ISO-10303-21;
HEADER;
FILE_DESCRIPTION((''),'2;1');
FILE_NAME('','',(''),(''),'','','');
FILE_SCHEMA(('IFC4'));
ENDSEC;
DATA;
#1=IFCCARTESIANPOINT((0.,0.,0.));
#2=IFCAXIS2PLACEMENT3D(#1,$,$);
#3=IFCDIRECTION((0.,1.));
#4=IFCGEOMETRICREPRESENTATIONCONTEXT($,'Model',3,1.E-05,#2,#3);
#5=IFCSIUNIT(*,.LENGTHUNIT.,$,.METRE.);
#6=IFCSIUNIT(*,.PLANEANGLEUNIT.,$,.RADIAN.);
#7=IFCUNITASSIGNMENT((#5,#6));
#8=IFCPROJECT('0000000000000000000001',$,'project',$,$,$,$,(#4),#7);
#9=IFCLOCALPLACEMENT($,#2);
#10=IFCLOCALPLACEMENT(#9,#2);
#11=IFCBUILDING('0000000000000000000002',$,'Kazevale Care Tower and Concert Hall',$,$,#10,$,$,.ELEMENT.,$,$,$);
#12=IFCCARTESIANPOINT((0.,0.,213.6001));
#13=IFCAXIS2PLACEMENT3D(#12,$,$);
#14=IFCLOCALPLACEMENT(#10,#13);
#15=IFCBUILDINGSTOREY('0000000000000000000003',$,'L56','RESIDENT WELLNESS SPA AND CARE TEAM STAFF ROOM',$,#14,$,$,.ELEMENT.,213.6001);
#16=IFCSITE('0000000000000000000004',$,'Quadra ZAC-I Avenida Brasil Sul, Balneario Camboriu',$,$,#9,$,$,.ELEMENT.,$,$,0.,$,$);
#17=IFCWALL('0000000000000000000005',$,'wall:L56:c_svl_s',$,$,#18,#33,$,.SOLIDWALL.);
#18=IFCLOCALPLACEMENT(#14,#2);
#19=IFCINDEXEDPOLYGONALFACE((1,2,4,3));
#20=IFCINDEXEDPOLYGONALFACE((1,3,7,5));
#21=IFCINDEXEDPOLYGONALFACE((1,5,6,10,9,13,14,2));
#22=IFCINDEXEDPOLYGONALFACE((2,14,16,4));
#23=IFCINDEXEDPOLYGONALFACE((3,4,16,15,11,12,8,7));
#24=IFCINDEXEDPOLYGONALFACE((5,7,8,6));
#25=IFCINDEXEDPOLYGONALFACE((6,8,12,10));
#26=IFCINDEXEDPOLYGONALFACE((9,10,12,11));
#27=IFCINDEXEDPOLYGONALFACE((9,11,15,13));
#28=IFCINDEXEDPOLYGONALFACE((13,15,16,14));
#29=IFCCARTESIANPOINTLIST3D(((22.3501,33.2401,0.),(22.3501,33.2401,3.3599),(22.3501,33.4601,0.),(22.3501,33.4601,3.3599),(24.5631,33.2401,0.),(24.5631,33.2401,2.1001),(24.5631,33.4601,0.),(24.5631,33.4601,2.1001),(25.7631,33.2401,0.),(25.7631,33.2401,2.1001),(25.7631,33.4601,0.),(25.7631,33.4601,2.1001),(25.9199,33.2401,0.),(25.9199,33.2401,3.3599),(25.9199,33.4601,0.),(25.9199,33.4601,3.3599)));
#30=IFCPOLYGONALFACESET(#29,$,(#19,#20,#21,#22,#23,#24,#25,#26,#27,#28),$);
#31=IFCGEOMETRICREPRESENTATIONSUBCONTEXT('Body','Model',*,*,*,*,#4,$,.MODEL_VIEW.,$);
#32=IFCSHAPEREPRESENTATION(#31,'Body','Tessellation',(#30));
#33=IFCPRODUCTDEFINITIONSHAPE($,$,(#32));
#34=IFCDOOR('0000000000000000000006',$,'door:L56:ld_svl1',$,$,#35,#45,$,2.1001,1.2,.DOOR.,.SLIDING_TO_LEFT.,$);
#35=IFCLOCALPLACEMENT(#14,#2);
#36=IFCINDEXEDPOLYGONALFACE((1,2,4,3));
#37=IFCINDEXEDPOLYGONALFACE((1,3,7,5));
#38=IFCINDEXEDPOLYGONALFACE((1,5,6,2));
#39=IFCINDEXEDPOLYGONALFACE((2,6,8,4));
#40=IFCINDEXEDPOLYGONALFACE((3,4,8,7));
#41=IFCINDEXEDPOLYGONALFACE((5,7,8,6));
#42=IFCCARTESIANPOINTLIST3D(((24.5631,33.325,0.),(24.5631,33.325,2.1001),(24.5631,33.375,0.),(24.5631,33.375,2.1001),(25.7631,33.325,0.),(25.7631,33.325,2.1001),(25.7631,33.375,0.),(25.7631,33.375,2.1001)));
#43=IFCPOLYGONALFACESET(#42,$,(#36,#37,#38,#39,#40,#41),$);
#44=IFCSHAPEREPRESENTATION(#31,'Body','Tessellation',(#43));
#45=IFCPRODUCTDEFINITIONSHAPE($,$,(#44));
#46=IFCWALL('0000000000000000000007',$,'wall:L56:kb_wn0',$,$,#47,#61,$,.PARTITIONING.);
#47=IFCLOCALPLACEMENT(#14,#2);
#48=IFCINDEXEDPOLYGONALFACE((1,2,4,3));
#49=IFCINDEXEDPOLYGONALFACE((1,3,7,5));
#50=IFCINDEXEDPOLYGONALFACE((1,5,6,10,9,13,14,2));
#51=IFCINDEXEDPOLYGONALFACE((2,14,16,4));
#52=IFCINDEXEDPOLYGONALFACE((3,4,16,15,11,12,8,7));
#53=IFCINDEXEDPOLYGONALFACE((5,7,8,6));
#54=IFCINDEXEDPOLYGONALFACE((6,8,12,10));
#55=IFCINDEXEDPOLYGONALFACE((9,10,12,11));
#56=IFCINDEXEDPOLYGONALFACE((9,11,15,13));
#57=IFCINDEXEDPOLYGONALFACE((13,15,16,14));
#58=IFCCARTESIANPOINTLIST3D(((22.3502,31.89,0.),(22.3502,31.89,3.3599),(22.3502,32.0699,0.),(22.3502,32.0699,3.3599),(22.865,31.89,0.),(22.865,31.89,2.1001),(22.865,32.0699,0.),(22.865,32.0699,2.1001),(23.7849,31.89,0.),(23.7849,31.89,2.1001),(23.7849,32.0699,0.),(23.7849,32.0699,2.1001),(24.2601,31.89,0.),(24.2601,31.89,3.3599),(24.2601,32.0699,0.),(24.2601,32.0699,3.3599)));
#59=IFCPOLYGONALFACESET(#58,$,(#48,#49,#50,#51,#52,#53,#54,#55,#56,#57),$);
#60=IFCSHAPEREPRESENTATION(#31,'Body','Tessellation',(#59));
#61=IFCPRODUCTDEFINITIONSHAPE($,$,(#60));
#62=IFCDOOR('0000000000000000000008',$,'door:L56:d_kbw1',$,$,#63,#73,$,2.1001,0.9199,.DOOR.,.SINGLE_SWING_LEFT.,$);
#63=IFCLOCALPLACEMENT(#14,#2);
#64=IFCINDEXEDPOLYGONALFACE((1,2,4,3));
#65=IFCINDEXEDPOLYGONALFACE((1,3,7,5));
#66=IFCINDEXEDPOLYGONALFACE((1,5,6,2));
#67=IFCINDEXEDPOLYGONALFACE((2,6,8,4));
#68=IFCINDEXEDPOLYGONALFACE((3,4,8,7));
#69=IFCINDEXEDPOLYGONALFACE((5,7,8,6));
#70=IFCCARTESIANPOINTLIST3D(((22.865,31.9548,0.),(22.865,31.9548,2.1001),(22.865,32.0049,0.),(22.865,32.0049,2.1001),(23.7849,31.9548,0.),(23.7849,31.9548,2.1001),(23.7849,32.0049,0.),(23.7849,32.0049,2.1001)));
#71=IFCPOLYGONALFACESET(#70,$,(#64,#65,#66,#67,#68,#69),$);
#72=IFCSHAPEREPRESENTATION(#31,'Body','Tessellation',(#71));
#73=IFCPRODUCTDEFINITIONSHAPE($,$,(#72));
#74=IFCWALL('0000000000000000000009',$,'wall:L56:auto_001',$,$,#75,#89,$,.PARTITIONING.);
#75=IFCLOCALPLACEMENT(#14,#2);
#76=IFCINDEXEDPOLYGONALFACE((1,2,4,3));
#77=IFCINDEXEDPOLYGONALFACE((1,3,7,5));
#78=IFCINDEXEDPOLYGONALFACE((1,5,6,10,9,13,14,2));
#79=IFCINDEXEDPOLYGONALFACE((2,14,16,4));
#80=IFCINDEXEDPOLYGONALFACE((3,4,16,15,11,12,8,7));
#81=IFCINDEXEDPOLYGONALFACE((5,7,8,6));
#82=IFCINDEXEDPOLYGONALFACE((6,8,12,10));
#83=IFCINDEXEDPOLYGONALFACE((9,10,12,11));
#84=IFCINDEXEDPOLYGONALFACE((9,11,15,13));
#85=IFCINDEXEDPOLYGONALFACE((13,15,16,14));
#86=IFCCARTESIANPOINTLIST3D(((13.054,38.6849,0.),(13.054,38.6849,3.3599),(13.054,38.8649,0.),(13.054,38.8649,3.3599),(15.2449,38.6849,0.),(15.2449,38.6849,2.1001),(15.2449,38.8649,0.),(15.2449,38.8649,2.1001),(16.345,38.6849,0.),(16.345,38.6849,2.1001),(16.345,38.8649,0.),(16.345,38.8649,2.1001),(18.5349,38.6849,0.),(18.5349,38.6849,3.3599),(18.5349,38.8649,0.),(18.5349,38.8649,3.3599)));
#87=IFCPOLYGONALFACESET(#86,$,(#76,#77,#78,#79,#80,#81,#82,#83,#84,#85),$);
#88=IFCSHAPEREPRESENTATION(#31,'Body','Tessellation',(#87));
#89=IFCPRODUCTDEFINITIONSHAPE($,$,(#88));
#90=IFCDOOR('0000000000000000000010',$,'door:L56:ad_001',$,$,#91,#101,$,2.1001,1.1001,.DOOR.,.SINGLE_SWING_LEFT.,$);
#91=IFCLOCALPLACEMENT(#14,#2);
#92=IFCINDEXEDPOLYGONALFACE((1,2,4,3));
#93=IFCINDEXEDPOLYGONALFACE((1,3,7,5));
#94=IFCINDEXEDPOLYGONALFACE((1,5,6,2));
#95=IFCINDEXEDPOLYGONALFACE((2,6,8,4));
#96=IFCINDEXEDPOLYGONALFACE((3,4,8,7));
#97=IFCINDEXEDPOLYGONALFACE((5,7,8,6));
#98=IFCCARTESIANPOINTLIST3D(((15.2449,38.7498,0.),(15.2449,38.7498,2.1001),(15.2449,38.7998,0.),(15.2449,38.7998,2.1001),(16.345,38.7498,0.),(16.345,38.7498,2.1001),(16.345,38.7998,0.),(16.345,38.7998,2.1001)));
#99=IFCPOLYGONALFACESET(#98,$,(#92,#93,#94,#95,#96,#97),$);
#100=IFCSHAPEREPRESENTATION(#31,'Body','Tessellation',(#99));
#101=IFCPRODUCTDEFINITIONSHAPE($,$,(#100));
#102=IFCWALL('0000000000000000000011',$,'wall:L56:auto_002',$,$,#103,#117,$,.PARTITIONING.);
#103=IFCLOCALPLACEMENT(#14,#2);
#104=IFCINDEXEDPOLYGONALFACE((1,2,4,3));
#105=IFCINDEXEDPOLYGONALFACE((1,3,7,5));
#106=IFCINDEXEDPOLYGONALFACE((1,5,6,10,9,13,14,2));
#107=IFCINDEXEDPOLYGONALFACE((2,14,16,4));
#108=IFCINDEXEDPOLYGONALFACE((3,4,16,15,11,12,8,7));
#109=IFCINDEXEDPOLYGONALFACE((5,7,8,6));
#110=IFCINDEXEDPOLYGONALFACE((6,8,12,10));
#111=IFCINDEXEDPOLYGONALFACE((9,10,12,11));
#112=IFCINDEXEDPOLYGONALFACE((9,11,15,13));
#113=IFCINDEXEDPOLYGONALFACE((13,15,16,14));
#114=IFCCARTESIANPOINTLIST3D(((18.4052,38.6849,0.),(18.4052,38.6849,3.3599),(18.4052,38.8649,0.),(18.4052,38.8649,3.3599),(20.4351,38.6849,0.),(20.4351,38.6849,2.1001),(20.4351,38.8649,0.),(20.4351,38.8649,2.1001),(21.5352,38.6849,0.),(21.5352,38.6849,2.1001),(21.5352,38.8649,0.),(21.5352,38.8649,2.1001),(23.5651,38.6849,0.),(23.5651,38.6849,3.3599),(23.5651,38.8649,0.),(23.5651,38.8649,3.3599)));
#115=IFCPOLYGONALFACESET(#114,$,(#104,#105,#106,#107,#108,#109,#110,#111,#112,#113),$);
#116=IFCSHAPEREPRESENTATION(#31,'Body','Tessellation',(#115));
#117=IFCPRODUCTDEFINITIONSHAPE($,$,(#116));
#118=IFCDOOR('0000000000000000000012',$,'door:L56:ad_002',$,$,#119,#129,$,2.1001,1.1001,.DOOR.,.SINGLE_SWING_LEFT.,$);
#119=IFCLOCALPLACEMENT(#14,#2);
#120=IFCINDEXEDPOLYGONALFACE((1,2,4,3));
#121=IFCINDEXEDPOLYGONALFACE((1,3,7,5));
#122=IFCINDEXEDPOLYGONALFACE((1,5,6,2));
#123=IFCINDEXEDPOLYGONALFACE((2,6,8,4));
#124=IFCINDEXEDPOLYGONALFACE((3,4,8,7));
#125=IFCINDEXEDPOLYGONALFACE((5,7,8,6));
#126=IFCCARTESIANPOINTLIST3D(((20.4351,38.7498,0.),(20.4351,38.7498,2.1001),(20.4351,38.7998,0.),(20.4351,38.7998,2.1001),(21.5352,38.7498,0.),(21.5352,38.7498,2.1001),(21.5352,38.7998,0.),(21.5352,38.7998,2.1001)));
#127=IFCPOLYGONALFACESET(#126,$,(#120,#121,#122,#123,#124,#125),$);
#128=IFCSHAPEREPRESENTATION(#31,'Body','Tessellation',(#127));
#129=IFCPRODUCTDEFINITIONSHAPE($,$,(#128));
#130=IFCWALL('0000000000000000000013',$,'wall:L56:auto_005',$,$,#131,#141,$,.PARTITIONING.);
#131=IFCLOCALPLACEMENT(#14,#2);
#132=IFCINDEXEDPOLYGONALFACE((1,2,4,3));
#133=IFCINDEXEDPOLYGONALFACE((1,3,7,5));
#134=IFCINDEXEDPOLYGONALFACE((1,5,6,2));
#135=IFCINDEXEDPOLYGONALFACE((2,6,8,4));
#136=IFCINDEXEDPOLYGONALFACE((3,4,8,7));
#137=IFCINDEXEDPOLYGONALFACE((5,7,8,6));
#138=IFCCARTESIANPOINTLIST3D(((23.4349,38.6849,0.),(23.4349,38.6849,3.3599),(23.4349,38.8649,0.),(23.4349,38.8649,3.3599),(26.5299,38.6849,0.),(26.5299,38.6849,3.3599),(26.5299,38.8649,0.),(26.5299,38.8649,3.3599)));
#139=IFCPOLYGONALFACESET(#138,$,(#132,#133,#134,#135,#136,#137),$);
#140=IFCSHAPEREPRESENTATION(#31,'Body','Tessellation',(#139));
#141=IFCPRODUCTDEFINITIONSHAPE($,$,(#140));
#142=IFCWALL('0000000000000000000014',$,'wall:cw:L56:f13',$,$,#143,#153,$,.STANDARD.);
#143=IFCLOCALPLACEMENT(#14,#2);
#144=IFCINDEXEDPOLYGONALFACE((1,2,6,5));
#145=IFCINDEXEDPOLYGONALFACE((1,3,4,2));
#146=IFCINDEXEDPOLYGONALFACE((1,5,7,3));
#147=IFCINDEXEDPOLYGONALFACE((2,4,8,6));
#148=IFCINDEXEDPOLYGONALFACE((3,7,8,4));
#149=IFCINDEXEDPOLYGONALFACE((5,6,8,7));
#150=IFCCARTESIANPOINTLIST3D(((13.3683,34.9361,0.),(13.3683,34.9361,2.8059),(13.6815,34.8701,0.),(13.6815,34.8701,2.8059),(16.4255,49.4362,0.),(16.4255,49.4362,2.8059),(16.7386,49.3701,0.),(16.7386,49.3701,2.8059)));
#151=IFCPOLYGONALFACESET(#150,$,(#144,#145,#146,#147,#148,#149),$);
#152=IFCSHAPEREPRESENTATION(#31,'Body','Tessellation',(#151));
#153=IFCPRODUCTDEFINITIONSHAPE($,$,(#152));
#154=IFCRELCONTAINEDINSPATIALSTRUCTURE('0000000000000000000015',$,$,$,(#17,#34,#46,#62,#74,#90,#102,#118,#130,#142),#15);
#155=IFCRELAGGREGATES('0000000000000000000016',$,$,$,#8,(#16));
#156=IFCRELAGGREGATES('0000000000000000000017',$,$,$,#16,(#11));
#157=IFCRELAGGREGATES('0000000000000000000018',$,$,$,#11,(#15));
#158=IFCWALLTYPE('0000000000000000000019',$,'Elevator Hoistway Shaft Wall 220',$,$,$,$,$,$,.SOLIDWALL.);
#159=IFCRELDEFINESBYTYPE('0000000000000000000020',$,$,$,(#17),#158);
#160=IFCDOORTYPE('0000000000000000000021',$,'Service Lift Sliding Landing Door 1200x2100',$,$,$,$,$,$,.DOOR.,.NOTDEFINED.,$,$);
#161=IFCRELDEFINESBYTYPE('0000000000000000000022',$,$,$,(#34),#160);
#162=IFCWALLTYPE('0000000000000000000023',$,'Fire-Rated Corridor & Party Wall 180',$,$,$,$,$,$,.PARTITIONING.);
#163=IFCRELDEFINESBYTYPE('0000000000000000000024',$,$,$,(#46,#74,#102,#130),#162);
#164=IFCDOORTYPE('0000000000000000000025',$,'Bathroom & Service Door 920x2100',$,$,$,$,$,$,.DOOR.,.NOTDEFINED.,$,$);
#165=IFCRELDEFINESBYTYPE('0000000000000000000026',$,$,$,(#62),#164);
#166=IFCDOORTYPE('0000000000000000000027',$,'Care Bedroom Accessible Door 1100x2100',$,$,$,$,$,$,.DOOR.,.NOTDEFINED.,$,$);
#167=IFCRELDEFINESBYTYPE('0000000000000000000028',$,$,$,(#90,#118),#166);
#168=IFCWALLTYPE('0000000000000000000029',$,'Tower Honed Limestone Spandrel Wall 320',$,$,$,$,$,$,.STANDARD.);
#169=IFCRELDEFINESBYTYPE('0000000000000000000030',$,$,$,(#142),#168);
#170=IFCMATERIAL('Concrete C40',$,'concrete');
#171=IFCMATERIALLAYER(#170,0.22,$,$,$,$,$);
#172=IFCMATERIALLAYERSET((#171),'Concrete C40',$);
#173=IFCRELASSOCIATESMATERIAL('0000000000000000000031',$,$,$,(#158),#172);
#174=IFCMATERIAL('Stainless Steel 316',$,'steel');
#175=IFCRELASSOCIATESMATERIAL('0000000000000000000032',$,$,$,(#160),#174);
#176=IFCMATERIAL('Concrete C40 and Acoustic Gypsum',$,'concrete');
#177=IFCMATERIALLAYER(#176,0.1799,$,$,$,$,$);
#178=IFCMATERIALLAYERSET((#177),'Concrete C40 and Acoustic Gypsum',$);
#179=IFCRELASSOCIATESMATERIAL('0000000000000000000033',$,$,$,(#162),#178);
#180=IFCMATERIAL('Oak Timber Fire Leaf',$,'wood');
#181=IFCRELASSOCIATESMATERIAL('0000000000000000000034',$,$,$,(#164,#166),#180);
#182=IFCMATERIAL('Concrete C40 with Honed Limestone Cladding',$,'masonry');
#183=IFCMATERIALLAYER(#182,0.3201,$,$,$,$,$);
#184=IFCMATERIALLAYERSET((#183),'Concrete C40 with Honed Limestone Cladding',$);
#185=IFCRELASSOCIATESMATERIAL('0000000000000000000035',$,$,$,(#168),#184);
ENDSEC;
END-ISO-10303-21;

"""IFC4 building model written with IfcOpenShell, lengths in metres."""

from ifc_helpers import new_model, si_unit, direction, frame, frame_2d, origin, place, context, subcontext, project, spatial, rectangle, extrude, material, layer, layer_set, type_object, element, fill, save


model = new_model("IFC4")

# Units and contexts
model_context = context("Model", 3, precision=1e-05, world=origin(), true_north=direction((0.0, 1.0)))
body_context = subcontext(model_context, "Body", "Model", "MODEL_VIEW")
ifc_project = project(units=[si_unit("LENGTHUNIT", "METRE"), si_unit("PLANEANGLEUNIT", "RADIAN")], contexts=[model_context])

# Site, building, storey
site_placement = place(None, origin())
site = spatial("IfcSite", under=ifc_project, at=site_placement, Name="Quadra ZAC-I Avenida Brasil Sul, Balneario Camboriu", CompositionType="ELEMENT", RefElevation=0.0)
building_placement = place(site_placement, origin())
building = spatial("IfcBuilding", under=site, at=building_placement, Name="Kazevale Care Tower and Concert Hall", CompositionType="ELEMENT")
storey_placement = place(building_placement, frame((0.0, 0.0, 213.6001)))
storey = spatial("IfcBuildingStorey", under=building, at=storey_placement, Name="L56", Description="RESIDENT WELLNESS SPA AND CARE TEAM STAFF ROOM", CompositionType="ELEMENT", Elevation=213.6001)

# Walls, openings, doors
ifc_material_1 = material(Name="Concrete C40", Category="concrete")
ifc_layer_1 = layer(ifc_material_1, 0.22)
ifc_layer_set_1 = layer_set([ifc_layer_1], Name="Concrete C40")
wall_type_1 = type_object("IfcWallType", Name="Elevator Hoistway Shaft Wall 220", PredefinedType="SOLIDWALL", material=ifc_layer_set_1)
wall_1_placement = place(storey_placement, frame((22.3501, 33.3501, 0.0), z_axis=(0.0, 0.0, 1.0), x_axis=(1.0, 0.0, 0.0)))
wall_1 = element("IfcWall", 1, at=wall_1_placement, inside=storey, type_object=wall_type_1, Name="wall:L56:c_svl_s", PredefinedType="SOLIDWALL", context=body_context, shape_type="SweptSolid", body=[
    extrude(rectangle(XDim=3.5698, YDim=0.22, at=frame_2d((1.7849, 0.0))), origin(), (0.0, 0.0, 1.0), 3.3599),
])
opening_1_placement = place(wall_1_placement, frame((2.2129, 0.0, 0.0)))
opening_1 = element("IfcOpeningElement", 2, at=opening_1_placement, cuts=wall_1, PredefinedType="OPENING", context=body_context, shape_type="SweptSolid", body=[
    extrude(rectangle(XDim=1.2, YDim=2.1001, at=frame_2d((0.6001, 1.05))), frame((0.0, 0.1199, 0.0), z_axis=(0.0, -1.0, 0.0), x_axis=(1.0, 0.0, 0.0)), (0.0, 0.0, 1.0), 0.24),
])
ifc_material_2 = material(Name="Stainless Steel 316", Category="steel")
door_type_1 = type_object("IfcDoorType", Name="Service Lift Sliding Landing Door 1200x2100", OperationType="NOTDEFINED", PredefinedType="DOOR", material=ifc_material_2)
door_1_placement = place(opening_1_placement, origin())
door_1 = element("IfcDoor", 3, at=door_1_placement, inside=storey, type_object=door_type_1, Name="door:L56:ld_svl1", OperationType="SLIDING_TO_LEFT", OverallHeight=2.1001, OverallWidth=1.2, PredefinedType="DOOR", context=body_context, shape_type="SweptSolid", body=[
    extrude(rectangle(XDim=1.2, YDim=2.1001, at=frame_2d((0.6001, 1.05))), frame((0.0, 0.0249, 0.0), z_axis=(0.0, -1.0, 0.0), x_axis=(1.0, 0.0, 0.0)), (0.0, 0.0, 1.0), 0.05),
])
fill(opening_1, door_1)
ifc_material_3 = material(Name="Concrete C40 and Acoustic Gypsum", Category="concrete")
ifc_layer_2 = layer(ifc_material_3, 0.1799)
ifc_layer_set_2 = layer_set([ifc_layer_2], Name="Concrete C40 and Acoustic Gypsum")
wall_type_2 = type_object("IfcWallType", Name="Fire-Rated Corridor & Party Wall 180", PredefinedType="PARTITIONING", material=ifc_layer_set_2)
wall_2_placement = place(storey_placement, frame((22.3501, 31.98, 0.0), z_axis=(0.0, 0.0, 1.0), x_axis=(1.0, 0.0, 0.0)))
wall_2 = element("IfcWall", 4, at=wall_2_placement, inside=storey, type_object=wall_type_2, Name="wall:L56:kb_wn0", PredefinedType="PARTITIONING", context=body_context, shape_type="SweptSolid", body=[
    extrude(rectangle(XDim=1.9099, YDim=0.1799, at=frame_2d((0.9551, 0.0))), origin(), (0.0, 0.0, 1.0), 3.3599),
])
opening_2_placement = place(wall_2_placement, frame((0.5149, 0.0, 0.0)))
opening_2 = element("IfcOpeningElement", 5, at=opening_2_placement, cuts=wall_2, PredefinedType="OPENING", context=body_context, shape_type="SweptSolid", body=[
    extrude(rectangle(XDim=0.9199, YDim=2.1001, at=frame_2d((0.46, 1.05))), frame((0.0, 0.0999, 0.0), z_axis=(0.0, -1.0, 0.0), x_axis=(1.0, 0.0, 0.0)), (0.0, 0.0, 1.0), 0.2),
])
ifc_material_4 = material(Name="Oak Timber Fire Leaf", Category="wood")
door_type_2 = type_object("IfcDoorType", Name="Bathroom & Service Door 920x2100", OperationType="NOTDEFINED", PredefinedType="DOOR", material=ifc_material_4)
door_2_placement = place(opening_2_placement, origin())
door_2 = element("IfcDoor", 6, at=door_2_placement, inside=storey, type_object=door_type_2, Name="door:L56:d_kbw1", OperationType="SINGLE_SWING_LEFT", OverallHeight=2.1001, OverallWidth=0.9199, PredefinedType="DOOR", context=body_context, shape_type="SweptSolid", body=[
    extrude(rectangle(XDim=0.9199, YDim=2.1001, at=frame_2d((0.46, 1.05))), frame((0.0, 0.0249, 0.0), z_axis=(0.0, -1.0, 0.0), x_axis=(1.0, 0.0, 0.0)), (0.0, 0.0, 1.0), 0.05),
])
fill(opening_2, door_2)
wall_3_placement = place(storey_placement, frame((13.054, 38.7749, 0.0), z_axis=(0.0, 0.0, 1.0), x_axis=(1.0, 0.0, 0.0)))
wall_3 = element("IfcWall", 7, at=wall_3_placement, inside=storey, type_object=wall_type_2, Name="wall:L56:auto_001", PredefinedType="PARTITIONING", context=body_context, shape_type="SweptSolid", body=[
    extrude(rectangle(XDim=5.481, YDim=0.1799, at=frame_2d((2.7405, 0.0))), origin(), (0.0, 0.0, 1.0), 3.3599),
])
opening_3_placement = place(wall_3_placement, frame((2.1909, 0.0, 0.0)))
opening_3 = element("IfcOpeningElement", 8, at=opening_3_placement, cuts=wall_3, PredefinedType="OPENING", context=body_context, shape_type="SweptSolid", body=[
    extrude(rectangle(XDim=1.1001, YDim=2.1001, at=frame_2d((0.55, 1.05))), frame((0.0, 0.0999, 0.0), z_axis=(0.0, -1.0, 0.0), x_axis=(1.0, 0.0, 0.0)), (0.0, 0.0, 1.0), 0.2),
])
door_type_3 = type_object("IfcDoorType", Name="Care Bedroom Accessible Door 1100x2100", OperationType="NOTDEFINED", PredefinedType="DOOR", material=ifc_material_4)
door_3_placement = place(opening_3_placement, origin())
door_3 = element("IfcDoor", 9, at=door_3_placement, inside=storey, type_object=door_type_3, Name="door:L56:ad_001", OperationType="SINGLE_SWING_LEFT", OverallHeight=2.1001, OverallWidth=1.1001, PredefinedType="DOOR", context=body_context, shape_type="SweptSolid", body=[
    extrude(rectangle(XDim=1.1001, YDim=2.1001, at=frame_2d((0.55, 1.05))), frame((0.0, 0.0249, 0.0), z_axis=(0.0, -1.0, 0.0), x_axis=(1.0, 0.0, 0.0)), (0.0, 0.0, 1.0), 0.05),
])
fill(opening_3, door_3)
wall_4_placement = place(storey_placement, frame((18.405, 38.7749, 0.0), z_axis=(0.0, 0.0, 1.0), x_axis=(1.0, 0.0, 0.0)))
wall_4 = element("IfcWall", 10, at=wall_4_placement, inside=storey, type_object=wall_type_2, Name="wall:L56:auto_002", PredefinedType="PARTITIONING", context=body_context, shape_type="SweptSolid", body=[
    extrude(rectangle(XDim=5.1599, YDim=0.1799, at=frame_2d((2.5801, 0.0))), origin(), (0.0, 0.0, 1.0), 3.3599),
])
opening_4_placement = place(wall_4_placement, frame((2.03, 0.0, 0.0)))
opening_4 = element("IfcOpeningElement", 11, at=opening_4_placement, cuts=wall_4, PredefinedType="OPENING", context=body_context, shape_type="SweptSolid", body=[
    extrude(rectangle(XDim=1.1001, YDim=2.1001, at=frame_2d((0.55, 1.05))), frame((0.0, 0.0999, 0.0), z_axis=(0.0, -1.0, 0.0), x_axis=(1.0, 0.0, 0.0)), (0.0, 0.0, 1.0), 0.2),
])
door_4_placement = place(opening_4_placement, origin())
door_4 = element("IfcDoor", 12, at=door_4_placement, inside=storey, type_object=door_type_3, Name="door:L56:ad_002", OperationType="SINGLE_SWING_LEFT", OverallHeight=2.1001, OverallWidth=1.1001, PredefinedType="DOOR", context=body_context, shape_type="SweptSolid", body=[
    extrude(rectangle(XDim=1.1001, YDim=2.1001, at=frame_2d((0.55, 1.05))), frame((0.0, 0.0249, 0.0), z_axis=(0.0, -1.0, 0.0), x_axis=(1.0, 0.0, 0.0)), (0.0, 0.0, 1.0), 0.05),
])
fill(opening_4, door_4)

# Walls
wall_5_placement = place(storey_placement, frame((23.4351, 38.7749, 0.0), z_axis=(0.0, 0.0, 1.0), x_axis=(1.0, 0.0, 0.0)))
element("IfcWall", 13, at=wall_5_placement, inside=storey, type_object=wall_type_2, Name="wall:L56:auto_005", PredefinedType="PARTITIONING", context=body_context, shape_type="SweptSolid", body=[
    extrude(rectangle(XDim=3.095, YDim=0.1799, at=frame_2d((1.5474, 0.0))), origin(), (0.0, 0.0, 1.0), 3.3599),
])
ifc_material_5 = material(Name="Concrete C40 with Honed Limestone Cladding", Category="masonry")
ifc_layer_3 = layer(ifc_material_5, 0.3201)
ifc_layer_set_3 = layer_set([ifc_layer_3], Name="Concrete C40 with Honed Limestone Cladding")
wall_type_3 = type_object("IfcWallType", Name="Tower Honed Limestone Spandrel Wall 320", PredefinedType="STANDARD", material=ifc_layer_set_3)
wall_6_placement = place(storey_placement, frame((13.5249, 34.9031, 0.0), z_axis=(0.0, 0.0, 1.0), x_axis=(0.206301, 0.978489, 0.0)))
element("IfcWall", 14, at=wall_6_placement, inside=storey, type_object=wall_type_3, Name="wall:cw:L56:f13", PredefinedType="STANDARD", context=body_context, shape_type="SweptSolid", body=[
    extrude(rectangle(XDim=14.8188, YDim=0.3201, at=frame_2d((7.4094, 0.0))), origin(), (0.0, 0.0, 1.0), 2.8059),
])

save(model, "model.ifc")
